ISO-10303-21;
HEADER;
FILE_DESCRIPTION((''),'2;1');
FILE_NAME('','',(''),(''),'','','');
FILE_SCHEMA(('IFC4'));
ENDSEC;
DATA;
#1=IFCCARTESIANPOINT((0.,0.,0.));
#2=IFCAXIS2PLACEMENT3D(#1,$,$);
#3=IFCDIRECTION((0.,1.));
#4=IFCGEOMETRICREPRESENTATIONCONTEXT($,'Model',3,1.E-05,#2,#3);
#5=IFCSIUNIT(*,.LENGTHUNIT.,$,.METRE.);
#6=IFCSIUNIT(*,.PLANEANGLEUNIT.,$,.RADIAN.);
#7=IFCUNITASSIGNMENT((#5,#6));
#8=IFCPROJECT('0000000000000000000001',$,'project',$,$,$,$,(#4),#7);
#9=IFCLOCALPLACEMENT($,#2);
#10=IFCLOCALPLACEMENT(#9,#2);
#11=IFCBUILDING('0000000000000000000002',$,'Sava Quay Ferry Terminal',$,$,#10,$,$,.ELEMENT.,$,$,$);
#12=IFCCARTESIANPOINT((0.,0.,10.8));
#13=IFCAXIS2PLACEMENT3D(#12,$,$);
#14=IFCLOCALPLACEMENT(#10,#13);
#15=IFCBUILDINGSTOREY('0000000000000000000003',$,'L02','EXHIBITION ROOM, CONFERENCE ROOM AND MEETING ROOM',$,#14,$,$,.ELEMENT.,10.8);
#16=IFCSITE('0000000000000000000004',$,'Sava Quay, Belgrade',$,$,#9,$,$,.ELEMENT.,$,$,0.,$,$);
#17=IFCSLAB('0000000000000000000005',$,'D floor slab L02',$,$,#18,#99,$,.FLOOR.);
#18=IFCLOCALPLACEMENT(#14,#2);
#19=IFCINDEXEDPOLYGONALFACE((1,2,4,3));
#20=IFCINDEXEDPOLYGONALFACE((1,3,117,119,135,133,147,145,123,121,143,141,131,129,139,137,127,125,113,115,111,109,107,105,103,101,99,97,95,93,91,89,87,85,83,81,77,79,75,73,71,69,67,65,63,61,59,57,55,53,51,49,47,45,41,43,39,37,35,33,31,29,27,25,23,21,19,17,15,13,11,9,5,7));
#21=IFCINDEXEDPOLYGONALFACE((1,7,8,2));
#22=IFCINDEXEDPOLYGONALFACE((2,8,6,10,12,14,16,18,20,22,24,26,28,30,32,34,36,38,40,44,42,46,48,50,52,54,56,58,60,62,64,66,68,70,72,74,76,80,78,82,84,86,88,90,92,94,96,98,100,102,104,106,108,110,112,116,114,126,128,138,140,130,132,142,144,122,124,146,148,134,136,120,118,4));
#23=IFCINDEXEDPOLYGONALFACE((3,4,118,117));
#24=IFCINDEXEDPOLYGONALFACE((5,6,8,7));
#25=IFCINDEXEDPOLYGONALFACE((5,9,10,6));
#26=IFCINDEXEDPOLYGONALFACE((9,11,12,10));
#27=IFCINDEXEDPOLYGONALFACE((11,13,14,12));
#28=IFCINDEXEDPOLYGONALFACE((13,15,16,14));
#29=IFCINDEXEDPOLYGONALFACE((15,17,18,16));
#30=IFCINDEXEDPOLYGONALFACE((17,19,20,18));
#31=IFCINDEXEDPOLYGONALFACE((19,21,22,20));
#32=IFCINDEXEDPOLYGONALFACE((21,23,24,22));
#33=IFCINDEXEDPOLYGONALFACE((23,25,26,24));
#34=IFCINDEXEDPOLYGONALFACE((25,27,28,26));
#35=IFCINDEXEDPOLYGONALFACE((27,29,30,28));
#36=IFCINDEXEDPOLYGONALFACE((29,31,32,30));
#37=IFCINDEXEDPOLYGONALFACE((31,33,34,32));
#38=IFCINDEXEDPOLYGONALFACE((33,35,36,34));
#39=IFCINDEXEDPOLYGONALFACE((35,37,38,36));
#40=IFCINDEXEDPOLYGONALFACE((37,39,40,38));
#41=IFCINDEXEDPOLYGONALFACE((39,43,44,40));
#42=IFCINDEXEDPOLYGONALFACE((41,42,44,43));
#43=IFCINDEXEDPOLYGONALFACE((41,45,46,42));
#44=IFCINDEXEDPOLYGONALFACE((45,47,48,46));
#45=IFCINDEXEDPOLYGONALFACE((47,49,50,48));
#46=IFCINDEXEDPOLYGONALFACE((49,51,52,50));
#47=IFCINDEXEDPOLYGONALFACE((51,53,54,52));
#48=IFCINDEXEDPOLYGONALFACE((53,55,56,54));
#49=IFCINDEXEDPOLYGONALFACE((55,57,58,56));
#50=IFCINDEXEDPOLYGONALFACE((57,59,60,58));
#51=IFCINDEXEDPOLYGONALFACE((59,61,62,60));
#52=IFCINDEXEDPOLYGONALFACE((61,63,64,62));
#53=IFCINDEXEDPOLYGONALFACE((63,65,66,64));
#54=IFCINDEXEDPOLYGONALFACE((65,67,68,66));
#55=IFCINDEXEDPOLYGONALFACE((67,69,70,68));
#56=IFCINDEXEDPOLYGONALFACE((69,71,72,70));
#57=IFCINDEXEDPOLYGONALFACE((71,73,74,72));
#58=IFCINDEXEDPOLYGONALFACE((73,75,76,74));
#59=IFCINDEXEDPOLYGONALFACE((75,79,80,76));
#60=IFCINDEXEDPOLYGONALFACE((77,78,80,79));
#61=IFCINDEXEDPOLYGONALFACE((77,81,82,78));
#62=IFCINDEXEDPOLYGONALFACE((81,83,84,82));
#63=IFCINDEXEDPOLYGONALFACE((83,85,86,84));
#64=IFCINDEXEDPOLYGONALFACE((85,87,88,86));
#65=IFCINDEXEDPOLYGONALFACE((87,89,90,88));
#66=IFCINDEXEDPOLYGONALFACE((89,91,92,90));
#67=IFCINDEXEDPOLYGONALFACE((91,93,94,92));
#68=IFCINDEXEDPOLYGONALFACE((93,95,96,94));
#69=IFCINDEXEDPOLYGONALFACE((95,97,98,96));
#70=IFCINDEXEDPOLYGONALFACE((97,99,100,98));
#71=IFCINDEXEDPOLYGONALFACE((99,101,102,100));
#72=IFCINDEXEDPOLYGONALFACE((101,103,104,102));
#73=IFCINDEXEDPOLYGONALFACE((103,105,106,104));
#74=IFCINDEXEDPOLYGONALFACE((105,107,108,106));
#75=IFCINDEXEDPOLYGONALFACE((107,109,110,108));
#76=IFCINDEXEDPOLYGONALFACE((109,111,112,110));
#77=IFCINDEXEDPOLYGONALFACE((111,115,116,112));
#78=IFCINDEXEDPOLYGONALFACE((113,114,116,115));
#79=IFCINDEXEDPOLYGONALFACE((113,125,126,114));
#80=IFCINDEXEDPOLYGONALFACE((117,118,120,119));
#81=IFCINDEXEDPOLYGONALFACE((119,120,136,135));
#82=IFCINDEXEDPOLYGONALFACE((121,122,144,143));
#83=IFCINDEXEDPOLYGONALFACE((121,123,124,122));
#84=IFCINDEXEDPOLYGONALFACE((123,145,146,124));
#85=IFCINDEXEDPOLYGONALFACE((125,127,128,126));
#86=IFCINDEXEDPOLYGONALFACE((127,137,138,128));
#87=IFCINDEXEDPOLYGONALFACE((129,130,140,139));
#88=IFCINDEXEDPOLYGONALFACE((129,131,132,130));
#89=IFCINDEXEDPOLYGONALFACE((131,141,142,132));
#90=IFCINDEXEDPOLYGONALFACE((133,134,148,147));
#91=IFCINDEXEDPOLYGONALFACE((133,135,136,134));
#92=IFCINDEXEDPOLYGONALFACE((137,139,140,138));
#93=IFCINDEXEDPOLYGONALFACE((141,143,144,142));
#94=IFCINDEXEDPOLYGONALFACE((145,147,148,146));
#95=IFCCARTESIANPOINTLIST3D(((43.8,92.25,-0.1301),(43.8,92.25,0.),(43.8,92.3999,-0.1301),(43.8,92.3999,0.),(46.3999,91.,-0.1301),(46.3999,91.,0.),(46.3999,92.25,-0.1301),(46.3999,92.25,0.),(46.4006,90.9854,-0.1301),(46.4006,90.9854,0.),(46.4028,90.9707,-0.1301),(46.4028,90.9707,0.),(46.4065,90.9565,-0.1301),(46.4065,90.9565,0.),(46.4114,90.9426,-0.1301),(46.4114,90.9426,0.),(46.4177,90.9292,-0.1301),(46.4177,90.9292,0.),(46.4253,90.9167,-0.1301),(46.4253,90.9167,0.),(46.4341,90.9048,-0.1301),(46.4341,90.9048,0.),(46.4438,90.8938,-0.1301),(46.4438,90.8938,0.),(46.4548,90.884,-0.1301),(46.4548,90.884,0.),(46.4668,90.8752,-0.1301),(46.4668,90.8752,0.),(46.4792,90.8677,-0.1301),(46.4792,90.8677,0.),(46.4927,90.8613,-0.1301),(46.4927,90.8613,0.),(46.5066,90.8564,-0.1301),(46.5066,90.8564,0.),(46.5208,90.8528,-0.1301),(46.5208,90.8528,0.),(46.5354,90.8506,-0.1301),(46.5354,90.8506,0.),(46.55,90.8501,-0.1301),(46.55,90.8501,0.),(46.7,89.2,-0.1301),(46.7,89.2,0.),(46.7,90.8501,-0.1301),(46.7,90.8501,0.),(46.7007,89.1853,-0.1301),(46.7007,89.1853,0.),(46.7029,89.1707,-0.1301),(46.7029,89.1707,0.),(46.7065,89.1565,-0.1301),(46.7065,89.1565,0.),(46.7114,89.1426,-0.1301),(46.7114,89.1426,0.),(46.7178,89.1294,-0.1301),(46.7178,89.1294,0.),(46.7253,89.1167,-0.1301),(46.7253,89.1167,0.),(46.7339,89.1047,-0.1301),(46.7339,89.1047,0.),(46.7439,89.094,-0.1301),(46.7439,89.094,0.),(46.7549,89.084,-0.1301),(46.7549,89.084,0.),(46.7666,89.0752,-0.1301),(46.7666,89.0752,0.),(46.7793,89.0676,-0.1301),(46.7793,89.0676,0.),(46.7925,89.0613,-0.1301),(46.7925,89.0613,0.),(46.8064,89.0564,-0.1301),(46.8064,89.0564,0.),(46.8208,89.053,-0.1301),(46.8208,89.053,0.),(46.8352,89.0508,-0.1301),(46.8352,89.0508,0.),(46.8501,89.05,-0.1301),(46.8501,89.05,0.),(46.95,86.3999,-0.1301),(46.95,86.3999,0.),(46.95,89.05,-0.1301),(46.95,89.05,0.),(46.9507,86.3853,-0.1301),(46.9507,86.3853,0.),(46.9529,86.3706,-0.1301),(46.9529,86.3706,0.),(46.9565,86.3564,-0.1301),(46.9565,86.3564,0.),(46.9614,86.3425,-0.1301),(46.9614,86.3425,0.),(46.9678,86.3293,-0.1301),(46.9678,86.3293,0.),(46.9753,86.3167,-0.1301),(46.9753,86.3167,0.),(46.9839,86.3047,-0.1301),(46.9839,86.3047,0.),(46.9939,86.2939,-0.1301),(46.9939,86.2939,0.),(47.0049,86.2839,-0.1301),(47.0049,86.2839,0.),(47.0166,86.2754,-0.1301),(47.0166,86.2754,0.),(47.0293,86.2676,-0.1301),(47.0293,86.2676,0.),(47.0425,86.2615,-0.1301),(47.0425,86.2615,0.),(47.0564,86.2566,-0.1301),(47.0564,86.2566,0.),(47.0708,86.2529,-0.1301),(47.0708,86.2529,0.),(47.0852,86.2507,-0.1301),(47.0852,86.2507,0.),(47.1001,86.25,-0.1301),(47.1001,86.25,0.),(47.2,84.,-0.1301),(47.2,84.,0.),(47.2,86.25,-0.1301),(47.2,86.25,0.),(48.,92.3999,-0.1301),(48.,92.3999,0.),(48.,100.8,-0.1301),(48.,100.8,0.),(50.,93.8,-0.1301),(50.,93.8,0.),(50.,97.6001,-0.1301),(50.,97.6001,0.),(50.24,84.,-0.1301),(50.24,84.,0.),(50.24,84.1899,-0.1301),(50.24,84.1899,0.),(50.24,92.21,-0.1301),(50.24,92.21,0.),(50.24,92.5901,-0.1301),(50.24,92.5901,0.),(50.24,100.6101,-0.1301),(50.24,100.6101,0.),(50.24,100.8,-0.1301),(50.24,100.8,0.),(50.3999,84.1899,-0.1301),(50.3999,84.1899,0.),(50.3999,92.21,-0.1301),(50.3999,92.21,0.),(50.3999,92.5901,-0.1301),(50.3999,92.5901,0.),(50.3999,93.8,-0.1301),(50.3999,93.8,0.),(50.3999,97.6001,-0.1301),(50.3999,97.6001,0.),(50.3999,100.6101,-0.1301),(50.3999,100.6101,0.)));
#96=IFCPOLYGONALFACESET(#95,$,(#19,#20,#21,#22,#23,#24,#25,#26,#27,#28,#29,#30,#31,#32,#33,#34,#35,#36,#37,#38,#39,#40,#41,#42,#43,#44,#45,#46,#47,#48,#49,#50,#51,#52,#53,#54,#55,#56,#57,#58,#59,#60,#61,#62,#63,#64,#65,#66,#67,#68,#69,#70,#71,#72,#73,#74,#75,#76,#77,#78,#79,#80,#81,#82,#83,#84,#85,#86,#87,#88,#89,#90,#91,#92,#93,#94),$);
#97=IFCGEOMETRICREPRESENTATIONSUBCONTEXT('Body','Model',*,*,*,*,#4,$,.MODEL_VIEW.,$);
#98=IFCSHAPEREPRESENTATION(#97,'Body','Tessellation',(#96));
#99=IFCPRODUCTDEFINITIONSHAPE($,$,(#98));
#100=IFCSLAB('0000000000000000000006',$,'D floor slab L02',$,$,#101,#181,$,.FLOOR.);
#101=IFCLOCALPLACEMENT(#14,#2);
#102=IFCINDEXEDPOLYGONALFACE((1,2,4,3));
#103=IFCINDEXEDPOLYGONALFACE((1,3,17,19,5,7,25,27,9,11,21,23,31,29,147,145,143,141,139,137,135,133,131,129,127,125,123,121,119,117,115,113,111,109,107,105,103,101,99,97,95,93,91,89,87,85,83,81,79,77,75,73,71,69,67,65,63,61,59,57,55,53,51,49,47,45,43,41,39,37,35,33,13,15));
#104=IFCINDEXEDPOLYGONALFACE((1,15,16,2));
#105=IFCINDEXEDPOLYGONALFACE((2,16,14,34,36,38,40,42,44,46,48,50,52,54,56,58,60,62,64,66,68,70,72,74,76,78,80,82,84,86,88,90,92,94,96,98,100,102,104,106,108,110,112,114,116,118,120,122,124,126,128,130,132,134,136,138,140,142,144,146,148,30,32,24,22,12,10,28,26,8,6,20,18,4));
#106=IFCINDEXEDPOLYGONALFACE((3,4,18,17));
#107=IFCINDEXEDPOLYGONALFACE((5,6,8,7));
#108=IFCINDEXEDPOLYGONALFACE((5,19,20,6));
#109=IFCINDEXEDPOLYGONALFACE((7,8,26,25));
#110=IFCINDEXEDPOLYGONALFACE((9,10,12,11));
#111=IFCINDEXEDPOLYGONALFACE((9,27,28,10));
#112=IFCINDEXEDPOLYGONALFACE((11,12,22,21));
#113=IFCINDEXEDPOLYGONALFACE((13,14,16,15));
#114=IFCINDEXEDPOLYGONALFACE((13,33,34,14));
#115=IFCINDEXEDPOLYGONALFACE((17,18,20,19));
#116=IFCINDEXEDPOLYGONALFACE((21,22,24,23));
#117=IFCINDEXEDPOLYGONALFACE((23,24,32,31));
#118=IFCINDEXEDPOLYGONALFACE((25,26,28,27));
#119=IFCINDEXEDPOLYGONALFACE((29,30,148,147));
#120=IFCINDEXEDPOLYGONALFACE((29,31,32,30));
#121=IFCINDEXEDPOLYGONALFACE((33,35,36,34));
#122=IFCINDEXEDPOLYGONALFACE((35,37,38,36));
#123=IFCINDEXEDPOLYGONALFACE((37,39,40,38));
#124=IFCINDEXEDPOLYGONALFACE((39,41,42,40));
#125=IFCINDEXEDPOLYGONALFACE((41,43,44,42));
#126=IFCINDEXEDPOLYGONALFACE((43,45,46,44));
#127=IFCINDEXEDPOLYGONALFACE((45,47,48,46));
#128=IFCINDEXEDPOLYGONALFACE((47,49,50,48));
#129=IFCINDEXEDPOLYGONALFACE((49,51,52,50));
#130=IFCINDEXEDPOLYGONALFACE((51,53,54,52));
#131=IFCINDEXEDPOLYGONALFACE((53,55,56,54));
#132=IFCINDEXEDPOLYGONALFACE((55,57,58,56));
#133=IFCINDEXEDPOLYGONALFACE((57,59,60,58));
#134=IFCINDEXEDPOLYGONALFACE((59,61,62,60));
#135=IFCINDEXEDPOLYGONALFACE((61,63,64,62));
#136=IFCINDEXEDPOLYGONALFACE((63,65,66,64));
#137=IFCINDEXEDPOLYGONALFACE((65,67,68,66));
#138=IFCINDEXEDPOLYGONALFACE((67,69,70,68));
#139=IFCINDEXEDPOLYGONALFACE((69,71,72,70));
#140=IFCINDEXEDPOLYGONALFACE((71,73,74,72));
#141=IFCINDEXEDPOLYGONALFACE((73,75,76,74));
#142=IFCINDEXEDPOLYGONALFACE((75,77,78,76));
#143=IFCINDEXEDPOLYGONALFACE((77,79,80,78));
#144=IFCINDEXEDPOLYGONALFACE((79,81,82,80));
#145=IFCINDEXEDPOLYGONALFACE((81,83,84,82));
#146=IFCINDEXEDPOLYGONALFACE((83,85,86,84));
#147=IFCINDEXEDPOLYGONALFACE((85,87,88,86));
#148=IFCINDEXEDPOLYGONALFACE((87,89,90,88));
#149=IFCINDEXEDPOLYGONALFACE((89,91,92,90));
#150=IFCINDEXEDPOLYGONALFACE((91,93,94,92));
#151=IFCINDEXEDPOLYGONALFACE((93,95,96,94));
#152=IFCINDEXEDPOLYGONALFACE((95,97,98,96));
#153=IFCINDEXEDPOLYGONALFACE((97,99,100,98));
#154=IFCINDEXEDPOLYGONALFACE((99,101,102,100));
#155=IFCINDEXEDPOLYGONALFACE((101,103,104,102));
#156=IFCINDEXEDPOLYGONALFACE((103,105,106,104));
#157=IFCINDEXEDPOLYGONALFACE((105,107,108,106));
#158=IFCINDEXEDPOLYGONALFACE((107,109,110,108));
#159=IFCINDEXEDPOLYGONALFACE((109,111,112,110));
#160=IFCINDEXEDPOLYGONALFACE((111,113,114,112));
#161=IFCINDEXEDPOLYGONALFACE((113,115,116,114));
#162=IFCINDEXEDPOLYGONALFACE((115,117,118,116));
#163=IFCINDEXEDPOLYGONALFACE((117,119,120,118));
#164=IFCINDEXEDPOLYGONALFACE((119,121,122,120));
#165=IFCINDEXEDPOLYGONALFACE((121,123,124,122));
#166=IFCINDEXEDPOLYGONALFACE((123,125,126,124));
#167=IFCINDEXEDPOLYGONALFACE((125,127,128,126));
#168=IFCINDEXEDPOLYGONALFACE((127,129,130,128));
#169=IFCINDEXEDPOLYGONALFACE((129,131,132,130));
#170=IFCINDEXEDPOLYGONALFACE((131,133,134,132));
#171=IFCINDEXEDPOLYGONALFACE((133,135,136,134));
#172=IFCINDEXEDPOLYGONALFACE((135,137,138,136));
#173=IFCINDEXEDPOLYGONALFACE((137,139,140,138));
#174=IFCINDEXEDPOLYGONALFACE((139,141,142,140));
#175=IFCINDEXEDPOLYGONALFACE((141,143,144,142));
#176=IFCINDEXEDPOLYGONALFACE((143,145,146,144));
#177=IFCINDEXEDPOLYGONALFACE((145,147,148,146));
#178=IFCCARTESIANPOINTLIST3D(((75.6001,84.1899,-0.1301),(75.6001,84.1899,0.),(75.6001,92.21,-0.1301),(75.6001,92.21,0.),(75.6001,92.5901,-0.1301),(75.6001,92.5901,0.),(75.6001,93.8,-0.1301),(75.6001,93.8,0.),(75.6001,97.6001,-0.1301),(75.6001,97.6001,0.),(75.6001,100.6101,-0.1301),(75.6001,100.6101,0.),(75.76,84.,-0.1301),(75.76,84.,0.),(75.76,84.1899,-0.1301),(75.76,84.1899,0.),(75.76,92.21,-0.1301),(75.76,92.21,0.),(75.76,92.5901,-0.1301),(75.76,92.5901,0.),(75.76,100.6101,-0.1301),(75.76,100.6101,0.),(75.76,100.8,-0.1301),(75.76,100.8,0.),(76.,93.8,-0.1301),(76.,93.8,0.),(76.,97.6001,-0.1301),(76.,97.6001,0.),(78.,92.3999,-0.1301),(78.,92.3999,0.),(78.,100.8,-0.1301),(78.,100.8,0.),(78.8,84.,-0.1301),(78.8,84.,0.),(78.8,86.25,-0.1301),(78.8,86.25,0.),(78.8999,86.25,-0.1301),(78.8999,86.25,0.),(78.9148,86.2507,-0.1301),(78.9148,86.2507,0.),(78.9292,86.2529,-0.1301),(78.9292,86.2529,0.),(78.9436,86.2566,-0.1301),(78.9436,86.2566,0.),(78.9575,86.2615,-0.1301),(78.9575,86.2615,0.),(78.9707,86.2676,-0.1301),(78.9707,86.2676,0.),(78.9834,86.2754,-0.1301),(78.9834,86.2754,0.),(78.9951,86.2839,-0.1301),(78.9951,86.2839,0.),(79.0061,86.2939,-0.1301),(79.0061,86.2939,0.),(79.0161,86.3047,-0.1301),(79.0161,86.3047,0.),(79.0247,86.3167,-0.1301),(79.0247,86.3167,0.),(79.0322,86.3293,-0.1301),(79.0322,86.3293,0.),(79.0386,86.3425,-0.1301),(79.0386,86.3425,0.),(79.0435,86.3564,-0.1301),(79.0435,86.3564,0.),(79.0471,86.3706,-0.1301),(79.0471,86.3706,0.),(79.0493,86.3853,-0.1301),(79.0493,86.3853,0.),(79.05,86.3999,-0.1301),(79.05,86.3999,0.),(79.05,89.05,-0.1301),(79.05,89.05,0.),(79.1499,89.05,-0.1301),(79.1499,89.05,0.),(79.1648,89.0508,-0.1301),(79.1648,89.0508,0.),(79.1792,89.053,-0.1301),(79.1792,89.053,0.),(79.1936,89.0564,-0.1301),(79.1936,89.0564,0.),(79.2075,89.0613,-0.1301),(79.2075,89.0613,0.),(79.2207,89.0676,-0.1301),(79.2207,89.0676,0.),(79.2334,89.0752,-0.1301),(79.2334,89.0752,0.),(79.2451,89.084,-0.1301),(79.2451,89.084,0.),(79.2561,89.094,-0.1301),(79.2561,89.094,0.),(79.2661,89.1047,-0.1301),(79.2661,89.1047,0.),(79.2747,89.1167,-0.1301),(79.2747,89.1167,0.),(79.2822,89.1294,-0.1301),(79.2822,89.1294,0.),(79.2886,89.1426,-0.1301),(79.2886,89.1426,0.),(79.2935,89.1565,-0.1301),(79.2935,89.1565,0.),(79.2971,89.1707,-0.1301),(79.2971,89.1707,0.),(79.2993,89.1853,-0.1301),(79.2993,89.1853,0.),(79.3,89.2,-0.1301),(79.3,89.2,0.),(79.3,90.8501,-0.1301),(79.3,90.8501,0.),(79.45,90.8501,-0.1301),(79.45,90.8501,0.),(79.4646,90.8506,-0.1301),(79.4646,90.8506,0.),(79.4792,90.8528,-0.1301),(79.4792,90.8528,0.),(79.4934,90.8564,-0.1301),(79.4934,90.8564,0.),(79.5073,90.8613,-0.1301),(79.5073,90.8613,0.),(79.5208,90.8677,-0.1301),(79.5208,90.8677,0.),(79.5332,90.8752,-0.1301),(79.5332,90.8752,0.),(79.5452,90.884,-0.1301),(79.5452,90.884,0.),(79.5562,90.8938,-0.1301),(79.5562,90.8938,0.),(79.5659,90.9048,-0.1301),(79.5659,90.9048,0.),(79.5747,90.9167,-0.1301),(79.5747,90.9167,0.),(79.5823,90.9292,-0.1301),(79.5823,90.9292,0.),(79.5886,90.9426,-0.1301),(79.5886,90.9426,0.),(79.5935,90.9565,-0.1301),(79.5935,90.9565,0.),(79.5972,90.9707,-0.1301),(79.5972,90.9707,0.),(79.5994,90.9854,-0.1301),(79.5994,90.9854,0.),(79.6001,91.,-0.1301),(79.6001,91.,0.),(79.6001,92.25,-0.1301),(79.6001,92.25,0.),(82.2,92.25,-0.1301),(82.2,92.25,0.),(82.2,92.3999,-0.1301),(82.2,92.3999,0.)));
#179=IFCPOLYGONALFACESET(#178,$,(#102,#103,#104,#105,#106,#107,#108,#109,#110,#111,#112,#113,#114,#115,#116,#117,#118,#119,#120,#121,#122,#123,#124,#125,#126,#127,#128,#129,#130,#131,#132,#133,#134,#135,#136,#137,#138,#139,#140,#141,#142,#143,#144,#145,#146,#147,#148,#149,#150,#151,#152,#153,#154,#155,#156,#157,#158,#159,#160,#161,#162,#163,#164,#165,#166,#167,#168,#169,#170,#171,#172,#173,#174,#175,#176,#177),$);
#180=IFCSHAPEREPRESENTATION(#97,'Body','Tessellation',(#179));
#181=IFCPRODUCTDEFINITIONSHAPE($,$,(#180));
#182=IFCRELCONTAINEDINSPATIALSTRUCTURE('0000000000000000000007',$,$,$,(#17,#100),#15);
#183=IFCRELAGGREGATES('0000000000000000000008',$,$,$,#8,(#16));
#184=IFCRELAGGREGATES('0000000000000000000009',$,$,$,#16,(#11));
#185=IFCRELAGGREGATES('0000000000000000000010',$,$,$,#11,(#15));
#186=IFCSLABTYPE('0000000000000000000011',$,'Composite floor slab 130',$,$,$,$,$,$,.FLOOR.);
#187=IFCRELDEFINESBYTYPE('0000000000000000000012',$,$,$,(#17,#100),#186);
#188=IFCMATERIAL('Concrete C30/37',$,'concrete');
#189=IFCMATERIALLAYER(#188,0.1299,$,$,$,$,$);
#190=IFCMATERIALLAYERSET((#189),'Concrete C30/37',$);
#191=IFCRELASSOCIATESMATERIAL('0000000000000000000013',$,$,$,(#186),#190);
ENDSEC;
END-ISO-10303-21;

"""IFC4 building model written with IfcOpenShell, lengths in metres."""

from ifc_helpers import new_model, si_unit, direction, frame, origin, place, context, subcontext, project, spatial, polyline, outline, extrude, material, layer, layer_set, type_object, element, save


model = new_model("IFC4")

# Units and contexts
model_context = context("Model", 3, precision=1e-05, world=origin(), true_north=direction((0.0, 1.0)))
body_context = subcontext(model_context, "Body", "Model", "MODEL_VIEW")
ifc_project = project(units=[si_unit("LENGTHUNIT", "METRE"), si_unit("PLANEANGLEUNIT", "RADIAN")], contexts=[model_context])

# Site, building, storey
site_placement = place(None, origin())
site = spatial("IfcSite", under=ifc_project, at=site_placement, Name="Sava Quay, Belgrade", CompositionType="ELEMENT", RefElevation=0.0)
building_placement = place(site_placement, origin())
building = spatial("IfcBuilding", under=site, at=building_placement, Name="Sava Quay Ferry Terminal", CompositionType="ELEMENT")
storey_placement = place(building_placement, frame((0.0, 0.0, 10.8)))
storey = spatial("IfcBuildingStorey", under=building, at=storey_placement, Name="L02", Description="EXHIBITION ROOM, CONFERENCE ROOM AND MEETING ROOM", CompositionType="ELEMENT", Elevation=10.8)

# Slabs
ifc_material_1 = material(Name="Concrete C30/37", Category="concrete")
ifc_layer_1 = layer(ifc_material_1, 0.1299)
ifc_layer_set_1 = layer_set([ifc_layer_1], Name="Concrete C30/37")
slab_type_1 = type_object("IfcSlabType", Name="Composite floor slab 130", PredefinedType="FLOOR", material=ifc_layer_set_1)
slab_1_placement = place(storey_placement, frame((0.0, 0.0, -0.1301)))
element("IfcSlab", 1, at=slab_1_placement, inside=storey, type_object=slab_type_1, Name="D floor slab L02", PredefinedType="FLOOR", context=body_context, shape_type="SweptSolid", body=[
    extrude(outline(polyline([(50.24, 84.1899), (50.24, 84.0), (47.2, 84.0), (47.2, 86.25), (47.1001, 86.25), (47.0852, 86.2507), (47.0708, 86.2529), (47.0564, 86.2566), (47.0425, 86.2615), (47.0293, 86.2676), (47.0166, 86.2754), (47.0049, 86.2839), (46.9939, 86.2939), (46.9839, 86.3047), (46.9753, 86.3167), (46.9678, 86.3293), (46.9614, 86.3425), (46.9565, 86.3564), (46.9529, 86.3706), (46.9507, 86.3853), (46.95, 86.3999), (46.95, 89.05), (46.8501, 89.05), (46.8352, 89.0508), (46.8208, 89.053), (46.8064, 89.0564), (46.7925, 89.0613), (46.7793, 89.0676), (46.7666, 89.0752), (46.7549, 89.084), (46.7439, 89.094), (46.7339, 89.1047), (46.7253, 89.1167), (46.7178, 89.1294), (46.7114, 89.1426), (46.7065, 89.1565), (46.7029, 89.1707), (46.7007, 89.1853), (46.7, 89.2), (46.7, 90.8501), (46.55, 90.8501), (46.5354, 90.8506), (46.5208, 90.8528), (46.5066, 90.8564), (46.4927, 90.8613), (46.4792, 90.8677), (46.4668, 90.8752), (46.4548, 90.884), (46.4438, 90.8938), (46.4341, 90.9048), (46.4253, 90.9167), (46.4177, 90.9292), (46.4114, 90.9426), (46.4065, 90.9565), (46.4028, 90.9707), (46.4006, 90.9854), (46.3999, 91.0), (46.3999, 92.25), (43.8, 92.25), (43.8, 92.3999), (48.0, 92.3999), (48.0, 100.8), (50.24, 100.8), (50.24, 100.6101), (50.3999, 100.6101), (50.3999, 97.6001), (50.0, 97.6001), (50.0, 93.8), (50.3999, 93.8), (50.3999, 92.5901), (50.24, 92.5901), (50.24, 92.21), (50.3999, 92.21), (50.3999, 84.1899), (50.24, 84.1899)])), origin(), (0.0, 0.0, 1.0), 0.1301),
])
slab_2_placement = place(storey_placement, frame((0.0, 0.0, -0.1301)))
element("IfcSlab", 2, at=slab_2_placement, inside=storey, type_object=slab_type_1, Name="D floor slab L02", PredefinedType="FLOOR", context=body_context, shape_type="SweptSolid", body=[
    extrude(outline(polyline([(75.76, 84.0), (75.76, 84.1899), (75.6001, 84.1899), (75.6001, 92.21), (75.76, 92.21), (75.76, 92.5901), (75.6001, 92.5901), (75.6001, 93.8), (76.0, 93.8), (76.0, 97.6001), (75.6001, 97.6001), (75.6001, 100.6101), (75.76, 100.6101), (75.76, 100.8), (78.0, 100.8), (78.0, 92.3999), (82.2, 92.3999), (82.2, 92.25), (79.6001, 92.25), (79.6001, 91.0), (79.5994, 90.9854), (79.5972, 90.9707), (79.5935, 90.9565), (79.5886, 90.9426), (79.5823, 90.9292), (79.5747, 90.9167), (79.5659, 90.9048), (79.5562, 90.8938), (79.5452, 90.884), (79.5332, 90.8752), (79.5208, 90.8677), (79.5073, 90.8613), (79.4934, 90.8564), (79.4792, 90.8528), (79.4646, 90.8506), (79.45, 90.8501), (79.3, 90.8501), (79.3, 89.2), (79.2993, 89.1853), (79.2971, 89.1707), (79.2935, 89.1565), (79.2886, 89.1426), (79.2822, 89.1294), (79.2747, 89.1167), (79.2661, 89.1047), (79.2561, 89.094), (79.2451, 89.084), (79.2334, 89.0752), (79.2207, 89.0676), (79.2075, 89.0613), (79.1936, 89.0564), (79.1792, 89.053), (79.1648, 89.0508), (79.1499, 89.05), (79.05, 89.05), (79.05, 86.3999), (79.0493, 86.3853), (79.0471, 86.3706), (79.0435, 86.3564), (79.0386, 86.3425), (79.0322, 86.3293), (79.0247, 86.3167), (79.0161, 86.3047), (79.0061, 86.2939), (78.9951, 86.2839), (78.9834, 86.2754), (78.9707, 86.2676), (78.9575, 86.2615), (78.9436, 86.2566), (78.9292, 86.2529), (78.9148, 86.2507), (78.8999, 86.25), (78.8, 86.25), (78.8, 84.0), (75.76, 84.0)])), origin(), (0.0, 0.0, 1.0), 0.1301),
])

save(model, "model.ifc")
